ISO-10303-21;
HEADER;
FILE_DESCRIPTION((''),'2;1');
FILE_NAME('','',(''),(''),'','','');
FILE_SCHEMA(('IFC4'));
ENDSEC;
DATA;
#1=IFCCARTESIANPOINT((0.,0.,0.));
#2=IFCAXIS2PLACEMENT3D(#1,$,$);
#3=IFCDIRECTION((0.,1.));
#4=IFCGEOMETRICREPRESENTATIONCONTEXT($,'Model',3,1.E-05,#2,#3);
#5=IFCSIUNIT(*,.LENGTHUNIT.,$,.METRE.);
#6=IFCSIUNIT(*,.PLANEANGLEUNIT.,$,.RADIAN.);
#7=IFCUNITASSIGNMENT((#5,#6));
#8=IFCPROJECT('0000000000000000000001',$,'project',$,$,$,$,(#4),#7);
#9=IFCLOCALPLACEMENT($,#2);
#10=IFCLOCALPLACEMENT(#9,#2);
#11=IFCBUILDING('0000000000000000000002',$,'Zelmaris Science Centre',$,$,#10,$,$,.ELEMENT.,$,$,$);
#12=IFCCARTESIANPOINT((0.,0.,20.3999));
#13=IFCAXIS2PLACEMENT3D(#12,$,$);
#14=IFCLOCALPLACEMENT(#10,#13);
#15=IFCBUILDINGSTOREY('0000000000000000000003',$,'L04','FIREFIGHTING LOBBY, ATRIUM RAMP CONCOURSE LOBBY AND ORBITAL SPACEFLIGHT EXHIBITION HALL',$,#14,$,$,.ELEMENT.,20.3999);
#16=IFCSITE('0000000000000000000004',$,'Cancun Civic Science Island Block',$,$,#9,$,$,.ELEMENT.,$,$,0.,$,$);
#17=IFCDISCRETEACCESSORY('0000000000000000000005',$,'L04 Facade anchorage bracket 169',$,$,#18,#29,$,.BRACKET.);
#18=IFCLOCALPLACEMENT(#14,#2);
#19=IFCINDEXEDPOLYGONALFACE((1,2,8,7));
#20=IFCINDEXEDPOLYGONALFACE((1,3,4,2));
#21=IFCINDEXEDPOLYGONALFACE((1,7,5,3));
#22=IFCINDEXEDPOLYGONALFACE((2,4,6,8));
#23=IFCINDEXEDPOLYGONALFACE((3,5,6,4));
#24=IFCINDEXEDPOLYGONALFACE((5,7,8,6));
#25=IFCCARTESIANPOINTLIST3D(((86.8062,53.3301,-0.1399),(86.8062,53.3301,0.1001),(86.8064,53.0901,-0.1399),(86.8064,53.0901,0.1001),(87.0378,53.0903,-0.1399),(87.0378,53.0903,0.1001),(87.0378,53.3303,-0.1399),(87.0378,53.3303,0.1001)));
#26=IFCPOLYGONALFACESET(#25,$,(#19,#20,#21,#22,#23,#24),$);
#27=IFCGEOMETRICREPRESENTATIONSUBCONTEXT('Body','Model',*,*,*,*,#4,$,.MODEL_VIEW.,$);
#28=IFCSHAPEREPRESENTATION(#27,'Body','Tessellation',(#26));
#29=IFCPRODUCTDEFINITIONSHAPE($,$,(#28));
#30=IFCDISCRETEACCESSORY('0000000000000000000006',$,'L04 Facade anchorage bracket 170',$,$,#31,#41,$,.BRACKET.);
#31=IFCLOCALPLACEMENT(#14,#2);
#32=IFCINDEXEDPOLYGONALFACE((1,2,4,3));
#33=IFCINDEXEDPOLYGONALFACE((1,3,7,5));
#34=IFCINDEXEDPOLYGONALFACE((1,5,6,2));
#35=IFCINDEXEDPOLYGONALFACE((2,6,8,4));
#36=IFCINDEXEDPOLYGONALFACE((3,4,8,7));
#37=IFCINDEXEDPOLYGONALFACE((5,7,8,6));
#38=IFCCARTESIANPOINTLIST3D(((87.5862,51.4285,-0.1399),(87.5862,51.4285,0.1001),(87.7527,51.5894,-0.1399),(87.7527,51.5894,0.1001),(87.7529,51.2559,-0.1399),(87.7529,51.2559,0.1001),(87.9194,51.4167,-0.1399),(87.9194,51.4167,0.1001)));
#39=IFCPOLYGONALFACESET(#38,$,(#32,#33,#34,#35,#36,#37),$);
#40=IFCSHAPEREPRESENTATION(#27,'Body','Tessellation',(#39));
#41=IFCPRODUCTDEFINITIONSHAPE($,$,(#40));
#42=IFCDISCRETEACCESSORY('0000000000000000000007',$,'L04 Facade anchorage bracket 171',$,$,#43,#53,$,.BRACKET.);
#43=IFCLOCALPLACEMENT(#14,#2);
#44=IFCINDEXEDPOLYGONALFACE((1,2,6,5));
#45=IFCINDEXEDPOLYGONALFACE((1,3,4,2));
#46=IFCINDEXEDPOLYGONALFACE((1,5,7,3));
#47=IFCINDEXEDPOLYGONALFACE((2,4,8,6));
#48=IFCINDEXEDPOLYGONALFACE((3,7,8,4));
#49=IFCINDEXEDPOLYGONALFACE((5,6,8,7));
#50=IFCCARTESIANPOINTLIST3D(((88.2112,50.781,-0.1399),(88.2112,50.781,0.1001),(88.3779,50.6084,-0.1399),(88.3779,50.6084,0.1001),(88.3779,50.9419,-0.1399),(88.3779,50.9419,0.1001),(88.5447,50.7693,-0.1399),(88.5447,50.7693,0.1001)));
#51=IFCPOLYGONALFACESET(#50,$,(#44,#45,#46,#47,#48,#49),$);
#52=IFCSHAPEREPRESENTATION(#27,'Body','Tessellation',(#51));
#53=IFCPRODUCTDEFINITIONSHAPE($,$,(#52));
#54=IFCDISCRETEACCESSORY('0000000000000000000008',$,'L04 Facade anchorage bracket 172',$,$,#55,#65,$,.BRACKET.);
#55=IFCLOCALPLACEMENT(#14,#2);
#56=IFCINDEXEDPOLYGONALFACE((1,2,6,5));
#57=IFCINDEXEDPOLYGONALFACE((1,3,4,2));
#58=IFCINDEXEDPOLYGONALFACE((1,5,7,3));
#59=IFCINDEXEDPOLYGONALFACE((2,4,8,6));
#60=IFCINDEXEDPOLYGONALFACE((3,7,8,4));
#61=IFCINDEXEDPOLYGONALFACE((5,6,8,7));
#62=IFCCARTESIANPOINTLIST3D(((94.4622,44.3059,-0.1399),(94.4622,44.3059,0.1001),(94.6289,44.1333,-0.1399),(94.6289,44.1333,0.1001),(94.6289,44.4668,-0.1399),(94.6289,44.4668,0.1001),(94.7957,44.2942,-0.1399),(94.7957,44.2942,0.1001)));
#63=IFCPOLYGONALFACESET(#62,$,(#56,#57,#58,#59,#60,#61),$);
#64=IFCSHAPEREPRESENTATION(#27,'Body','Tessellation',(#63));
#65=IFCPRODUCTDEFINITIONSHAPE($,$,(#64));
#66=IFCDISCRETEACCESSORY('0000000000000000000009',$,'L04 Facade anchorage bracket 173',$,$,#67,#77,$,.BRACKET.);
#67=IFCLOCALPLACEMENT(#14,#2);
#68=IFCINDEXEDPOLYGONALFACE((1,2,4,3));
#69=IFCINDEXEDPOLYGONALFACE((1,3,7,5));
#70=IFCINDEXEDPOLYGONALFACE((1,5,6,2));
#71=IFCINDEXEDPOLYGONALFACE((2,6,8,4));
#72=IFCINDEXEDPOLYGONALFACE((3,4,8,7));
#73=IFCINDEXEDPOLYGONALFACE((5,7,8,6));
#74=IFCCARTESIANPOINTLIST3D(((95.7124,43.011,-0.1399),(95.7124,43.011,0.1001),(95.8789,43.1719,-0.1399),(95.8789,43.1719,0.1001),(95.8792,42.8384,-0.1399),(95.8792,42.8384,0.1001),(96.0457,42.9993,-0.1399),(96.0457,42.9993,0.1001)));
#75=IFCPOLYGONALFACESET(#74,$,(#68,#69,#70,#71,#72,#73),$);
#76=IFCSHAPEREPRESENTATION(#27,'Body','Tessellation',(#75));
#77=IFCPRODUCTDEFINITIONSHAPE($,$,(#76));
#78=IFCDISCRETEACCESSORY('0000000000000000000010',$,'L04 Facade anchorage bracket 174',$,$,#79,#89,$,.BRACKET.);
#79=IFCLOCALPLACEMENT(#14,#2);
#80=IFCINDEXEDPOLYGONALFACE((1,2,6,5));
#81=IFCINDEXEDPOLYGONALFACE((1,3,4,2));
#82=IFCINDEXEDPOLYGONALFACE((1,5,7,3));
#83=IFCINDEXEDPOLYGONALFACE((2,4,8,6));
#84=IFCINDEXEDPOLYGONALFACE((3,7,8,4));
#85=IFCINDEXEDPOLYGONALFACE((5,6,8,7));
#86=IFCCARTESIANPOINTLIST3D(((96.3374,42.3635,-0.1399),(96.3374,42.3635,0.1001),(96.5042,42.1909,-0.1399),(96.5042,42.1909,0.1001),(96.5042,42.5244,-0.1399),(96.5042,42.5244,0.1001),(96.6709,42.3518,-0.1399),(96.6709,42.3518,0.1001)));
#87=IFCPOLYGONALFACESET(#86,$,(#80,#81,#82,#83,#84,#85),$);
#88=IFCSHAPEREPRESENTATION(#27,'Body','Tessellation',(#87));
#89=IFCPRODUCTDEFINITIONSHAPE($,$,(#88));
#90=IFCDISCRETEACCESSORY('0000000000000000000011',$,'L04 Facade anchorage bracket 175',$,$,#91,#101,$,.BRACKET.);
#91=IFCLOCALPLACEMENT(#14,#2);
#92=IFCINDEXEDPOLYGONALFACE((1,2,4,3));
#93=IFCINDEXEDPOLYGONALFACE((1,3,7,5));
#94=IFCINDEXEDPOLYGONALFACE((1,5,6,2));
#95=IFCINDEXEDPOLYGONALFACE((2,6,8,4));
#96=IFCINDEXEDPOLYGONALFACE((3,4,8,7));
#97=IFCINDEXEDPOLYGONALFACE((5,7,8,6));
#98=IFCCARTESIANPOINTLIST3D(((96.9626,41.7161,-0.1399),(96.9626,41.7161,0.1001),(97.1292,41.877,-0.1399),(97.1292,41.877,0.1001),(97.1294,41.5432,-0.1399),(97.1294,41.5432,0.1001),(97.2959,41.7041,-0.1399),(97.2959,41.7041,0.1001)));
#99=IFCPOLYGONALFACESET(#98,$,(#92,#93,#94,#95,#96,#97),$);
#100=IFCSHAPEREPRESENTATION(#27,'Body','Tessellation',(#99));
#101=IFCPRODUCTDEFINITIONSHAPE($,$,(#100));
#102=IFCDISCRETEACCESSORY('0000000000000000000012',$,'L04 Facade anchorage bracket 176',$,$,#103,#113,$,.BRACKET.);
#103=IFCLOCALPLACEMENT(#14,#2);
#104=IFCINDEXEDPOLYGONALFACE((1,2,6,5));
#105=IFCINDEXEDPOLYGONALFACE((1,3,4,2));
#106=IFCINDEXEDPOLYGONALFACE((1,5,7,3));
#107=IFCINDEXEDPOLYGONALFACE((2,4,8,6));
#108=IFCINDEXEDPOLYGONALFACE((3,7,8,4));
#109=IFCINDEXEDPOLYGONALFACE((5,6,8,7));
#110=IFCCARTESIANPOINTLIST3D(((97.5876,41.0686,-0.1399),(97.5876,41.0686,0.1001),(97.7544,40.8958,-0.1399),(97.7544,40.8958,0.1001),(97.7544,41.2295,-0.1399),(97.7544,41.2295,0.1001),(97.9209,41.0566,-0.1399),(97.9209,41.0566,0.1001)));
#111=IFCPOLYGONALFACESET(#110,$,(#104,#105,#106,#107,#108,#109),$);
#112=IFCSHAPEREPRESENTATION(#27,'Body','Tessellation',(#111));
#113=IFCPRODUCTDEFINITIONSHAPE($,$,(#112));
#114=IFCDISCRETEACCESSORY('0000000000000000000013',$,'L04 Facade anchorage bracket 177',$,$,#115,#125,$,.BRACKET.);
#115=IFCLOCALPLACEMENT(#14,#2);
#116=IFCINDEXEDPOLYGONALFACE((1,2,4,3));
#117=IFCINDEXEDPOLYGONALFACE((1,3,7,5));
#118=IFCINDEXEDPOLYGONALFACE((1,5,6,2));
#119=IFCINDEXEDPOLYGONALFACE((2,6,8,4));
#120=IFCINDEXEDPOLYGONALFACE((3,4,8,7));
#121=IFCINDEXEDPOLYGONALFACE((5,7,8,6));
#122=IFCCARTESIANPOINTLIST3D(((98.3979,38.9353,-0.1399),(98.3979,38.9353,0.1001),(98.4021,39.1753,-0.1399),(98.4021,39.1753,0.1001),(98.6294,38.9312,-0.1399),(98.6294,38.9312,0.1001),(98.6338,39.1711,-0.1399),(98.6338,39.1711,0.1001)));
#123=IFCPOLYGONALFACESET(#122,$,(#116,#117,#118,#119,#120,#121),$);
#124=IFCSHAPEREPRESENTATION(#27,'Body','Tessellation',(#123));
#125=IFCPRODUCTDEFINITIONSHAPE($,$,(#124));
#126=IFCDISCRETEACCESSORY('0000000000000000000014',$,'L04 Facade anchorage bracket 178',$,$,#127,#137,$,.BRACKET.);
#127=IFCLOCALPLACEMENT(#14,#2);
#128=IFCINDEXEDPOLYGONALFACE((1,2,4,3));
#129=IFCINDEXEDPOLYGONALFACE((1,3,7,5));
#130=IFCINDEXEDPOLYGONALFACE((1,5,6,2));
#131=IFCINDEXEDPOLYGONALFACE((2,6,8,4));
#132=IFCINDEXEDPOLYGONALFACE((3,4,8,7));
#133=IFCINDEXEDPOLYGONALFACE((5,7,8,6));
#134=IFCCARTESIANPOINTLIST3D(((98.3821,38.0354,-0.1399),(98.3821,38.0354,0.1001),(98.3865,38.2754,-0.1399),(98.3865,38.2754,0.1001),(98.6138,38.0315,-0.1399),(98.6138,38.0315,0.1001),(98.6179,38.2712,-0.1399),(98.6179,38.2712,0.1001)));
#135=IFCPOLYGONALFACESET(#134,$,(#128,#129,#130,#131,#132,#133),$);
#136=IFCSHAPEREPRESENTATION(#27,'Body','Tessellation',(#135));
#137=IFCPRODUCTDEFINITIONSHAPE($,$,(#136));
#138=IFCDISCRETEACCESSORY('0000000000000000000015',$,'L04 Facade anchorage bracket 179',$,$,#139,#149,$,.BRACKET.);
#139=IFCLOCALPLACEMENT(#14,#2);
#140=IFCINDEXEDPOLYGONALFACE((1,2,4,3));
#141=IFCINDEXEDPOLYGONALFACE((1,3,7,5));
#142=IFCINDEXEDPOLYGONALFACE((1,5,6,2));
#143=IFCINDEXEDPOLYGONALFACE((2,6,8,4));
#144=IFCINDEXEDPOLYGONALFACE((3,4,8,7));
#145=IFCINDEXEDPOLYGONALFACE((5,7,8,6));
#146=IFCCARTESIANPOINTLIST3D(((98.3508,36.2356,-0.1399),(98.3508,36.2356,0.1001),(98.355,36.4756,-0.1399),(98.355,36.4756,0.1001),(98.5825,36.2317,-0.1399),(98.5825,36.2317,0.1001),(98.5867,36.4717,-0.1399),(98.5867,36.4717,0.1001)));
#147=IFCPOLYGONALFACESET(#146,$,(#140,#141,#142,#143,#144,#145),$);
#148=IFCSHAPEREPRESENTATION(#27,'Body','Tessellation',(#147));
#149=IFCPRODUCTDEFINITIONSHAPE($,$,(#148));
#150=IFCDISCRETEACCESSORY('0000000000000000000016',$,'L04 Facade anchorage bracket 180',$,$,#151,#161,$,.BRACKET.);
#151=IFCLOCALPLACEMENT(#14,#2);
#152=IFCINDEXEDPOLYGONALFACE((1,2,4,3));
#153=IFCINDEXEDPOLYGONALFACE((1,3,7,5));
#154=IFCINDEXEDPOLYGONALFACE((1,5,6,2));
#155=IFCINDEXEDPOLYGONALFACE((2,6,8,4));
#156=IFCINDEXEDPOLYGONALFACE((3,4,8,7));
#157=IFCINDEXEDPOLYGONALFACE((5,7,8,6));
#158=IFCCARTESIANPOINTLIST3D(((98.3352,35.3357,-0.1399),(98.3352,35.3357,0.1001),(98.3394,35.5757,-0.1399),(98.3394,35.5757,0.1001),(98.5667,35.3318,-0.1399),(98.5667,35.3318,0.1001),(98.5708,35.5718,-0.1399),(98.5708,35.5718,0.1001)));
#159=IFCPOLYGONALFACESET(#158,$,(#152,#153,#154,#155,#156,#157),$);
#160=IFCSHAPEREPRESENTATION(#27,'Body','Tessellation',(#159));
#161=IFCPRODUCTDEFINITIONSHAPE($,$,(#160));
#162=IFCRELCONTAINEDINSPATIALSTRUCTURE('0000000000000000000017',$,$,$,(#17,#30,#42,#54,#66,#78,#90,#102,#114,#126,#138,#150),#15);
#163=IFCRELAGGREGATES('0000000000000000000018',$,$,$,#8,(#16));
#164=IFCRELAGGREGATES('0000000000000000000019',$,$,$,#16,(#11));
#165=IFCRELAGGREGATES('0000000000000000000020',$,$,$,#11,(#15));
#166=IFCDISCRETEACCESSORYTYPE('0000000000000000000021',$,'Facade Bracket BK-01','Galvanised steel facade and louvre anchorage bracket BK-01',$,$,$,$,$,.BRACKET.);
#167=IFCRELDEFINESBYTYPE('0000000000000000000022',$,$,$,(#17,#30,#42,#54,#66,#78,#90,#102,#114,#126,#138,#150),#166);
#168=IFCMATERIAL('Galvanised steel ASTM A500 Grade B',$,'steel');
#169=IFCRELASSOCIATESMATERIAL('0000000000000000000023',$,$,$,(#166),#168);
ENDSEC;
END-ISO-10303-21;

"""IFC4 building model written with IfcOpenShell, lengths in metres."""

from ifc_helpers import new_model, si_unit, direction, frame, origin, place, context, subcontext, project, spatial, polyline, outline, extrude, material, type_object, element, save


model = new_model("IFC4")

# Units and contexts
model_context = context("Model", 3, precision=1e-05, world=origin(), true_north=direction((0.0, 1.0)))
body_context = subcontext(model_context, "Body", "Model", "MODEL_VIEW")
ifc_project = project(units=[si_unit("LENGTHUNIT", "METRE"), si_unit("PLANEANGLEUNIT", "RADIAN")], contexts=[model_context])

# Site, building, storey
site_placement = place(None, origin())
site = spatial("IfcSite", under=ifc_project, at=site_placement, Name="Cancun Civic Science Island Block", CompositionType="ELEMENT", RefElevation=0.0)
building_placement = place(site_placement, origin())
building = spatial("IfcBuilding", under=site, at=building_placement, Name="Zelmaris Science Centre", CompositionType="ELEMENT")
storey_placement = place(building_placement, frame((0.0, 0.0, 20.3999)))
storey = spatial("IfcBuildingStorey", under=building, at=storey_placement, Name="L04", Description="FIREFIGHTING LOBBY, ATRIUM RAMP CONCOURSE LOBBY AND ORBITAL SPACEFLIGHT EXHIBITION HALL", CompositionType="ELEMENT", Elevation=20.3999)

# Discrete accessories
ifc_material_1 = material(Name="Galvanised steel ASTM A500 Grade B", Category="steel")
discrete_accessory_type = type_object("IfcDiscreteAccessoryType", Name="Facade Bracket BK-01", Description="Galvanised steel facade and louvre anchorage bracket BK-01", PredefinedType="BRACKET", material=ifc_material_1)
discrete_accessory_1_placement = place(storey_placement, frame((0.0, 0.0, -0.1399)))
element("IfcDiscreteAccessory", 1, at=discrete_accessory_1_placement, inside=storey, type_object=discrete_accessory_type, Name="L04 Facade anchorage bracket 169", PredefinedType="BRACKET", context=body_context, shape_type="SweptSolid", body=[
    extrude(outline(polyline([(86.8062, 53.3301), (86.8064, 53.0901), (87.0378, 53.0903), (87.0378, 53.3303), (86.8062, 53.3301)])), origin(), (0.0, 0.0, 1.0), 0.24),
])
discrete_accessory_2_placement = place(storey_placement, frame((0.0, 0.0, -0.1399)))
element("IfcDiscreteAccessory", 2, at=discrete_accessory_2_placement, inside=storey, type_object=discrete_accessory_type, Name="L04 Facade anchorage bracket 170", PredefinedType="BRACKET", context=body_context, shape_type="SweptSolid", body=[
    extrude(outline(polyline([(87.5862, 51.4285), (87.7529, 51.2559), (87.9194, 51.4167), (87.7527, 51.5894), (87.5862, 51.4285)])), origin(), (0.0, 0.0, 1.0), 0.24),
])
discrete_accessory_3_placement = place(storey_placement, frame((0.0, 0.0, -0.1399)))
element("IfcDiscreteAccessory", 3, at=discrete_accessory_3_placement, inside=storey, type_object=discrete_accessory_type, Name="L04 Facade anchorage bracket 171", PredefinedType="BRACKET", context=body_context, shape_type="SweptSolid", body=[
    extrude(outline(polyline([(88.2112, 50.781), (88.3779, 50.6084), (88.5447, 50.7693), (88.3779, 50.9419), (88.2112, 50.781)])), origin(), (0.0, 0.0, 1.0), 0.24),
])
discrete_accessory_4_placement = place(storey_placement, frame((0.0, 0.0, -0.1399)))
element("IfcDiscreteAccessory", 4, at=discrete_accessory_4_placement, inside=storey, type_object=discrete_accessory_type, Name="L04 Facade anchorage bracket 172", PredefinedType="BRACKET", context=body_context, shape_type="SweptSolid", body=[
    extrude(outline(polyline([(94.4622, 44.3059), (94.6289, 44.1333), (94.7957, 44.2942), (94.6289, 44.4668), (94.4622, 44.3059)])), origin(), (0.0, 0.0, 1.0), 0.24),
])
discrete_accessory_5_placement = place(storey_placement, frame((0.0, 0.0, -0.1399)))
element("IfcDiscreteAccessory", 5, at=discrete_accessory_5_placement, inside=storey, type_object=discrete_accessory_type, Name="L04 Facade anchorage bracket 173", PredefinedType="BRACKET", context=body_context, shape_type="SweptSolid", body=[
    extrude(outline(polyline([(95.7124, 43.011), (95.8792, 42.8384), (96.0457, 42.9993), (95.8789, 43.1719), (95.7124, 43.011)])), origin(), (0.0, 0.0, 1.0), 0.24),
])
discrete_accessory_6_placement = place(storey_placement, frame((0.0, 0.0, -0.1399)))
element("IfcDiscreteAccessory", 6, at=discrete_accessory_6_placement, inside=storey, type_object=discrete_accessory_type, Name="L04 Facade anchorage bracket 174", PredefinedType="BRACKET", context=body_context, shape_type="SweptSolid", body=[
    extrude(outline(polyline([(96.3374, 42.3635), (96.5042, 42.1909), (96.6709, 42.3518), (96.5042, 42.5244), (96.3374, 42.3635)])), origin(), (0.0, 0.0, 1.0), 0.24),
])
discrete_accessory_7_placement = place(storey_placement, frame((0.0, 0.0, -0.1399)))
element("IfcDiscreteAccessory", 7, at=discrete_accessory_7_placement, inside=storey, type_object=discrete_accessory_type, Name="L04 Facade anchorage bracket 175", PredefinedType="BRACKET", context=body_context, shape_type="SweptSolid", body=[
    extrude(outline(polyline([(96.9626, 41.7161), (97.1294, 41.5432), (97.2959, 41.7041), (97.1292, 41.877), (96.9626, 41.7161)])), origin(), (0.0, 0.0, 1.0), 0.24),
])
discrete_accessory_8_placement = place(storey_placement, frame((0.0, 0.0, -0.1399)))
element("IfcDiscreteAccessory", 8, at=discrete_accessory_8_placement, inside=storey, type_object=discrete_accessory_type, Name="L04 Facade anchorage bracket 176", PredefinedType="BRACKET", context=body_context, shape_type="SweptSolid", body=[
    extrude(outline(polyline([(97.5876, 41.0686), (97.7544, 40.8958), (97.9209, 41.0566), (97.7544, 41.2295), (97.5876, 41.0686)])), origin(), (0.0, 0.0, 1.0), 0.24),
])
discrete_accessory_9_placement = place(storey_placement, frame((0.0, 0.0, -0.1399)))
element("IfcDiscreteAccessory", 9, at=discrete_accessory_9_placement, inside=storey, type_object=discrete_accessory_type, Name="L04 Facade anchorage bracket 177", PredefinedType="BRACKET", context=body_context, shape_type="SweptSolid", body=[
    extrude(outline(polyline([(98.4021, 39.1753), (98.3979, 38.9353), (98.6294, 38.9312), (98.6338, 39.1711), (98.4021, 39.1753)])), origin(), (0.0, 0.0, 1.0), 0.24),
])
discrete_accessory_10_placement = place(storey_placement, frame((0.0, 0.0, -0.1399)))
element("IfcDiscreteAccessory", 10, at=discrete_accessory_10_placement, inside=storey, type_object=discrete_accessory_type, Name="L04 Facade anchorage bracket 178", PredefinedType="BRACKET", context=body_context, shape_type="SweptSolid", body=[
    extrude(outline(polyline([(98.3865, 38.2754), (98.3821, 38.0354), (98.6138, 38.0315), (98.6179, 38.2712), (98.3865, 38.2754)])), origin(), (0.0, 0.0, 1.0), 0.24),
])
discrete_accessory_11_placement = place(storey_placement, frame((0.0, 0.0, -0.1399)))
element("IfcDiscreteAccessory", 11, at=discrete_accessory_11_placement, inside=storey, type_object=discrete_accessory_type, Name="L04 Facade anchorage bracket 179", PredefinedType="BRACKET", context=body_context, shape_type="SweptSolid", body=[
    extrude(outline(polyline([(98.355, 36.4756), (98.3508, 36.2356), (98.5825, 36.2317), (98.5867, 36.4717), (98.355, 36.4756)])), origin(), (0.0, 0.0, 1.0), 0.24),
])
discrete_accessory_12_placement = place(storey_placement, frame((0.0, 0.0, -0.1399)))
element("IfcDiscreteAccessory", 12, at=discrete_accessory_12_placement, inside=storey, type_object=discrete_accessory_type, Name="L04 Facade anchorage bracket 180", PredefinedType="BRACKET", context=body_context, shape_type="SweptSolid", body=[
    extrude(outline(polyline([(98.3394, 35.5757), (98.3352, 35.3357), (98.5667, 35.3318), (98.5708, 35.5718), (98.3394, 35.5757)])), origin(), (0.0, 0.0, 1.0), 0.24),
])

save(model, "model.ifc")
